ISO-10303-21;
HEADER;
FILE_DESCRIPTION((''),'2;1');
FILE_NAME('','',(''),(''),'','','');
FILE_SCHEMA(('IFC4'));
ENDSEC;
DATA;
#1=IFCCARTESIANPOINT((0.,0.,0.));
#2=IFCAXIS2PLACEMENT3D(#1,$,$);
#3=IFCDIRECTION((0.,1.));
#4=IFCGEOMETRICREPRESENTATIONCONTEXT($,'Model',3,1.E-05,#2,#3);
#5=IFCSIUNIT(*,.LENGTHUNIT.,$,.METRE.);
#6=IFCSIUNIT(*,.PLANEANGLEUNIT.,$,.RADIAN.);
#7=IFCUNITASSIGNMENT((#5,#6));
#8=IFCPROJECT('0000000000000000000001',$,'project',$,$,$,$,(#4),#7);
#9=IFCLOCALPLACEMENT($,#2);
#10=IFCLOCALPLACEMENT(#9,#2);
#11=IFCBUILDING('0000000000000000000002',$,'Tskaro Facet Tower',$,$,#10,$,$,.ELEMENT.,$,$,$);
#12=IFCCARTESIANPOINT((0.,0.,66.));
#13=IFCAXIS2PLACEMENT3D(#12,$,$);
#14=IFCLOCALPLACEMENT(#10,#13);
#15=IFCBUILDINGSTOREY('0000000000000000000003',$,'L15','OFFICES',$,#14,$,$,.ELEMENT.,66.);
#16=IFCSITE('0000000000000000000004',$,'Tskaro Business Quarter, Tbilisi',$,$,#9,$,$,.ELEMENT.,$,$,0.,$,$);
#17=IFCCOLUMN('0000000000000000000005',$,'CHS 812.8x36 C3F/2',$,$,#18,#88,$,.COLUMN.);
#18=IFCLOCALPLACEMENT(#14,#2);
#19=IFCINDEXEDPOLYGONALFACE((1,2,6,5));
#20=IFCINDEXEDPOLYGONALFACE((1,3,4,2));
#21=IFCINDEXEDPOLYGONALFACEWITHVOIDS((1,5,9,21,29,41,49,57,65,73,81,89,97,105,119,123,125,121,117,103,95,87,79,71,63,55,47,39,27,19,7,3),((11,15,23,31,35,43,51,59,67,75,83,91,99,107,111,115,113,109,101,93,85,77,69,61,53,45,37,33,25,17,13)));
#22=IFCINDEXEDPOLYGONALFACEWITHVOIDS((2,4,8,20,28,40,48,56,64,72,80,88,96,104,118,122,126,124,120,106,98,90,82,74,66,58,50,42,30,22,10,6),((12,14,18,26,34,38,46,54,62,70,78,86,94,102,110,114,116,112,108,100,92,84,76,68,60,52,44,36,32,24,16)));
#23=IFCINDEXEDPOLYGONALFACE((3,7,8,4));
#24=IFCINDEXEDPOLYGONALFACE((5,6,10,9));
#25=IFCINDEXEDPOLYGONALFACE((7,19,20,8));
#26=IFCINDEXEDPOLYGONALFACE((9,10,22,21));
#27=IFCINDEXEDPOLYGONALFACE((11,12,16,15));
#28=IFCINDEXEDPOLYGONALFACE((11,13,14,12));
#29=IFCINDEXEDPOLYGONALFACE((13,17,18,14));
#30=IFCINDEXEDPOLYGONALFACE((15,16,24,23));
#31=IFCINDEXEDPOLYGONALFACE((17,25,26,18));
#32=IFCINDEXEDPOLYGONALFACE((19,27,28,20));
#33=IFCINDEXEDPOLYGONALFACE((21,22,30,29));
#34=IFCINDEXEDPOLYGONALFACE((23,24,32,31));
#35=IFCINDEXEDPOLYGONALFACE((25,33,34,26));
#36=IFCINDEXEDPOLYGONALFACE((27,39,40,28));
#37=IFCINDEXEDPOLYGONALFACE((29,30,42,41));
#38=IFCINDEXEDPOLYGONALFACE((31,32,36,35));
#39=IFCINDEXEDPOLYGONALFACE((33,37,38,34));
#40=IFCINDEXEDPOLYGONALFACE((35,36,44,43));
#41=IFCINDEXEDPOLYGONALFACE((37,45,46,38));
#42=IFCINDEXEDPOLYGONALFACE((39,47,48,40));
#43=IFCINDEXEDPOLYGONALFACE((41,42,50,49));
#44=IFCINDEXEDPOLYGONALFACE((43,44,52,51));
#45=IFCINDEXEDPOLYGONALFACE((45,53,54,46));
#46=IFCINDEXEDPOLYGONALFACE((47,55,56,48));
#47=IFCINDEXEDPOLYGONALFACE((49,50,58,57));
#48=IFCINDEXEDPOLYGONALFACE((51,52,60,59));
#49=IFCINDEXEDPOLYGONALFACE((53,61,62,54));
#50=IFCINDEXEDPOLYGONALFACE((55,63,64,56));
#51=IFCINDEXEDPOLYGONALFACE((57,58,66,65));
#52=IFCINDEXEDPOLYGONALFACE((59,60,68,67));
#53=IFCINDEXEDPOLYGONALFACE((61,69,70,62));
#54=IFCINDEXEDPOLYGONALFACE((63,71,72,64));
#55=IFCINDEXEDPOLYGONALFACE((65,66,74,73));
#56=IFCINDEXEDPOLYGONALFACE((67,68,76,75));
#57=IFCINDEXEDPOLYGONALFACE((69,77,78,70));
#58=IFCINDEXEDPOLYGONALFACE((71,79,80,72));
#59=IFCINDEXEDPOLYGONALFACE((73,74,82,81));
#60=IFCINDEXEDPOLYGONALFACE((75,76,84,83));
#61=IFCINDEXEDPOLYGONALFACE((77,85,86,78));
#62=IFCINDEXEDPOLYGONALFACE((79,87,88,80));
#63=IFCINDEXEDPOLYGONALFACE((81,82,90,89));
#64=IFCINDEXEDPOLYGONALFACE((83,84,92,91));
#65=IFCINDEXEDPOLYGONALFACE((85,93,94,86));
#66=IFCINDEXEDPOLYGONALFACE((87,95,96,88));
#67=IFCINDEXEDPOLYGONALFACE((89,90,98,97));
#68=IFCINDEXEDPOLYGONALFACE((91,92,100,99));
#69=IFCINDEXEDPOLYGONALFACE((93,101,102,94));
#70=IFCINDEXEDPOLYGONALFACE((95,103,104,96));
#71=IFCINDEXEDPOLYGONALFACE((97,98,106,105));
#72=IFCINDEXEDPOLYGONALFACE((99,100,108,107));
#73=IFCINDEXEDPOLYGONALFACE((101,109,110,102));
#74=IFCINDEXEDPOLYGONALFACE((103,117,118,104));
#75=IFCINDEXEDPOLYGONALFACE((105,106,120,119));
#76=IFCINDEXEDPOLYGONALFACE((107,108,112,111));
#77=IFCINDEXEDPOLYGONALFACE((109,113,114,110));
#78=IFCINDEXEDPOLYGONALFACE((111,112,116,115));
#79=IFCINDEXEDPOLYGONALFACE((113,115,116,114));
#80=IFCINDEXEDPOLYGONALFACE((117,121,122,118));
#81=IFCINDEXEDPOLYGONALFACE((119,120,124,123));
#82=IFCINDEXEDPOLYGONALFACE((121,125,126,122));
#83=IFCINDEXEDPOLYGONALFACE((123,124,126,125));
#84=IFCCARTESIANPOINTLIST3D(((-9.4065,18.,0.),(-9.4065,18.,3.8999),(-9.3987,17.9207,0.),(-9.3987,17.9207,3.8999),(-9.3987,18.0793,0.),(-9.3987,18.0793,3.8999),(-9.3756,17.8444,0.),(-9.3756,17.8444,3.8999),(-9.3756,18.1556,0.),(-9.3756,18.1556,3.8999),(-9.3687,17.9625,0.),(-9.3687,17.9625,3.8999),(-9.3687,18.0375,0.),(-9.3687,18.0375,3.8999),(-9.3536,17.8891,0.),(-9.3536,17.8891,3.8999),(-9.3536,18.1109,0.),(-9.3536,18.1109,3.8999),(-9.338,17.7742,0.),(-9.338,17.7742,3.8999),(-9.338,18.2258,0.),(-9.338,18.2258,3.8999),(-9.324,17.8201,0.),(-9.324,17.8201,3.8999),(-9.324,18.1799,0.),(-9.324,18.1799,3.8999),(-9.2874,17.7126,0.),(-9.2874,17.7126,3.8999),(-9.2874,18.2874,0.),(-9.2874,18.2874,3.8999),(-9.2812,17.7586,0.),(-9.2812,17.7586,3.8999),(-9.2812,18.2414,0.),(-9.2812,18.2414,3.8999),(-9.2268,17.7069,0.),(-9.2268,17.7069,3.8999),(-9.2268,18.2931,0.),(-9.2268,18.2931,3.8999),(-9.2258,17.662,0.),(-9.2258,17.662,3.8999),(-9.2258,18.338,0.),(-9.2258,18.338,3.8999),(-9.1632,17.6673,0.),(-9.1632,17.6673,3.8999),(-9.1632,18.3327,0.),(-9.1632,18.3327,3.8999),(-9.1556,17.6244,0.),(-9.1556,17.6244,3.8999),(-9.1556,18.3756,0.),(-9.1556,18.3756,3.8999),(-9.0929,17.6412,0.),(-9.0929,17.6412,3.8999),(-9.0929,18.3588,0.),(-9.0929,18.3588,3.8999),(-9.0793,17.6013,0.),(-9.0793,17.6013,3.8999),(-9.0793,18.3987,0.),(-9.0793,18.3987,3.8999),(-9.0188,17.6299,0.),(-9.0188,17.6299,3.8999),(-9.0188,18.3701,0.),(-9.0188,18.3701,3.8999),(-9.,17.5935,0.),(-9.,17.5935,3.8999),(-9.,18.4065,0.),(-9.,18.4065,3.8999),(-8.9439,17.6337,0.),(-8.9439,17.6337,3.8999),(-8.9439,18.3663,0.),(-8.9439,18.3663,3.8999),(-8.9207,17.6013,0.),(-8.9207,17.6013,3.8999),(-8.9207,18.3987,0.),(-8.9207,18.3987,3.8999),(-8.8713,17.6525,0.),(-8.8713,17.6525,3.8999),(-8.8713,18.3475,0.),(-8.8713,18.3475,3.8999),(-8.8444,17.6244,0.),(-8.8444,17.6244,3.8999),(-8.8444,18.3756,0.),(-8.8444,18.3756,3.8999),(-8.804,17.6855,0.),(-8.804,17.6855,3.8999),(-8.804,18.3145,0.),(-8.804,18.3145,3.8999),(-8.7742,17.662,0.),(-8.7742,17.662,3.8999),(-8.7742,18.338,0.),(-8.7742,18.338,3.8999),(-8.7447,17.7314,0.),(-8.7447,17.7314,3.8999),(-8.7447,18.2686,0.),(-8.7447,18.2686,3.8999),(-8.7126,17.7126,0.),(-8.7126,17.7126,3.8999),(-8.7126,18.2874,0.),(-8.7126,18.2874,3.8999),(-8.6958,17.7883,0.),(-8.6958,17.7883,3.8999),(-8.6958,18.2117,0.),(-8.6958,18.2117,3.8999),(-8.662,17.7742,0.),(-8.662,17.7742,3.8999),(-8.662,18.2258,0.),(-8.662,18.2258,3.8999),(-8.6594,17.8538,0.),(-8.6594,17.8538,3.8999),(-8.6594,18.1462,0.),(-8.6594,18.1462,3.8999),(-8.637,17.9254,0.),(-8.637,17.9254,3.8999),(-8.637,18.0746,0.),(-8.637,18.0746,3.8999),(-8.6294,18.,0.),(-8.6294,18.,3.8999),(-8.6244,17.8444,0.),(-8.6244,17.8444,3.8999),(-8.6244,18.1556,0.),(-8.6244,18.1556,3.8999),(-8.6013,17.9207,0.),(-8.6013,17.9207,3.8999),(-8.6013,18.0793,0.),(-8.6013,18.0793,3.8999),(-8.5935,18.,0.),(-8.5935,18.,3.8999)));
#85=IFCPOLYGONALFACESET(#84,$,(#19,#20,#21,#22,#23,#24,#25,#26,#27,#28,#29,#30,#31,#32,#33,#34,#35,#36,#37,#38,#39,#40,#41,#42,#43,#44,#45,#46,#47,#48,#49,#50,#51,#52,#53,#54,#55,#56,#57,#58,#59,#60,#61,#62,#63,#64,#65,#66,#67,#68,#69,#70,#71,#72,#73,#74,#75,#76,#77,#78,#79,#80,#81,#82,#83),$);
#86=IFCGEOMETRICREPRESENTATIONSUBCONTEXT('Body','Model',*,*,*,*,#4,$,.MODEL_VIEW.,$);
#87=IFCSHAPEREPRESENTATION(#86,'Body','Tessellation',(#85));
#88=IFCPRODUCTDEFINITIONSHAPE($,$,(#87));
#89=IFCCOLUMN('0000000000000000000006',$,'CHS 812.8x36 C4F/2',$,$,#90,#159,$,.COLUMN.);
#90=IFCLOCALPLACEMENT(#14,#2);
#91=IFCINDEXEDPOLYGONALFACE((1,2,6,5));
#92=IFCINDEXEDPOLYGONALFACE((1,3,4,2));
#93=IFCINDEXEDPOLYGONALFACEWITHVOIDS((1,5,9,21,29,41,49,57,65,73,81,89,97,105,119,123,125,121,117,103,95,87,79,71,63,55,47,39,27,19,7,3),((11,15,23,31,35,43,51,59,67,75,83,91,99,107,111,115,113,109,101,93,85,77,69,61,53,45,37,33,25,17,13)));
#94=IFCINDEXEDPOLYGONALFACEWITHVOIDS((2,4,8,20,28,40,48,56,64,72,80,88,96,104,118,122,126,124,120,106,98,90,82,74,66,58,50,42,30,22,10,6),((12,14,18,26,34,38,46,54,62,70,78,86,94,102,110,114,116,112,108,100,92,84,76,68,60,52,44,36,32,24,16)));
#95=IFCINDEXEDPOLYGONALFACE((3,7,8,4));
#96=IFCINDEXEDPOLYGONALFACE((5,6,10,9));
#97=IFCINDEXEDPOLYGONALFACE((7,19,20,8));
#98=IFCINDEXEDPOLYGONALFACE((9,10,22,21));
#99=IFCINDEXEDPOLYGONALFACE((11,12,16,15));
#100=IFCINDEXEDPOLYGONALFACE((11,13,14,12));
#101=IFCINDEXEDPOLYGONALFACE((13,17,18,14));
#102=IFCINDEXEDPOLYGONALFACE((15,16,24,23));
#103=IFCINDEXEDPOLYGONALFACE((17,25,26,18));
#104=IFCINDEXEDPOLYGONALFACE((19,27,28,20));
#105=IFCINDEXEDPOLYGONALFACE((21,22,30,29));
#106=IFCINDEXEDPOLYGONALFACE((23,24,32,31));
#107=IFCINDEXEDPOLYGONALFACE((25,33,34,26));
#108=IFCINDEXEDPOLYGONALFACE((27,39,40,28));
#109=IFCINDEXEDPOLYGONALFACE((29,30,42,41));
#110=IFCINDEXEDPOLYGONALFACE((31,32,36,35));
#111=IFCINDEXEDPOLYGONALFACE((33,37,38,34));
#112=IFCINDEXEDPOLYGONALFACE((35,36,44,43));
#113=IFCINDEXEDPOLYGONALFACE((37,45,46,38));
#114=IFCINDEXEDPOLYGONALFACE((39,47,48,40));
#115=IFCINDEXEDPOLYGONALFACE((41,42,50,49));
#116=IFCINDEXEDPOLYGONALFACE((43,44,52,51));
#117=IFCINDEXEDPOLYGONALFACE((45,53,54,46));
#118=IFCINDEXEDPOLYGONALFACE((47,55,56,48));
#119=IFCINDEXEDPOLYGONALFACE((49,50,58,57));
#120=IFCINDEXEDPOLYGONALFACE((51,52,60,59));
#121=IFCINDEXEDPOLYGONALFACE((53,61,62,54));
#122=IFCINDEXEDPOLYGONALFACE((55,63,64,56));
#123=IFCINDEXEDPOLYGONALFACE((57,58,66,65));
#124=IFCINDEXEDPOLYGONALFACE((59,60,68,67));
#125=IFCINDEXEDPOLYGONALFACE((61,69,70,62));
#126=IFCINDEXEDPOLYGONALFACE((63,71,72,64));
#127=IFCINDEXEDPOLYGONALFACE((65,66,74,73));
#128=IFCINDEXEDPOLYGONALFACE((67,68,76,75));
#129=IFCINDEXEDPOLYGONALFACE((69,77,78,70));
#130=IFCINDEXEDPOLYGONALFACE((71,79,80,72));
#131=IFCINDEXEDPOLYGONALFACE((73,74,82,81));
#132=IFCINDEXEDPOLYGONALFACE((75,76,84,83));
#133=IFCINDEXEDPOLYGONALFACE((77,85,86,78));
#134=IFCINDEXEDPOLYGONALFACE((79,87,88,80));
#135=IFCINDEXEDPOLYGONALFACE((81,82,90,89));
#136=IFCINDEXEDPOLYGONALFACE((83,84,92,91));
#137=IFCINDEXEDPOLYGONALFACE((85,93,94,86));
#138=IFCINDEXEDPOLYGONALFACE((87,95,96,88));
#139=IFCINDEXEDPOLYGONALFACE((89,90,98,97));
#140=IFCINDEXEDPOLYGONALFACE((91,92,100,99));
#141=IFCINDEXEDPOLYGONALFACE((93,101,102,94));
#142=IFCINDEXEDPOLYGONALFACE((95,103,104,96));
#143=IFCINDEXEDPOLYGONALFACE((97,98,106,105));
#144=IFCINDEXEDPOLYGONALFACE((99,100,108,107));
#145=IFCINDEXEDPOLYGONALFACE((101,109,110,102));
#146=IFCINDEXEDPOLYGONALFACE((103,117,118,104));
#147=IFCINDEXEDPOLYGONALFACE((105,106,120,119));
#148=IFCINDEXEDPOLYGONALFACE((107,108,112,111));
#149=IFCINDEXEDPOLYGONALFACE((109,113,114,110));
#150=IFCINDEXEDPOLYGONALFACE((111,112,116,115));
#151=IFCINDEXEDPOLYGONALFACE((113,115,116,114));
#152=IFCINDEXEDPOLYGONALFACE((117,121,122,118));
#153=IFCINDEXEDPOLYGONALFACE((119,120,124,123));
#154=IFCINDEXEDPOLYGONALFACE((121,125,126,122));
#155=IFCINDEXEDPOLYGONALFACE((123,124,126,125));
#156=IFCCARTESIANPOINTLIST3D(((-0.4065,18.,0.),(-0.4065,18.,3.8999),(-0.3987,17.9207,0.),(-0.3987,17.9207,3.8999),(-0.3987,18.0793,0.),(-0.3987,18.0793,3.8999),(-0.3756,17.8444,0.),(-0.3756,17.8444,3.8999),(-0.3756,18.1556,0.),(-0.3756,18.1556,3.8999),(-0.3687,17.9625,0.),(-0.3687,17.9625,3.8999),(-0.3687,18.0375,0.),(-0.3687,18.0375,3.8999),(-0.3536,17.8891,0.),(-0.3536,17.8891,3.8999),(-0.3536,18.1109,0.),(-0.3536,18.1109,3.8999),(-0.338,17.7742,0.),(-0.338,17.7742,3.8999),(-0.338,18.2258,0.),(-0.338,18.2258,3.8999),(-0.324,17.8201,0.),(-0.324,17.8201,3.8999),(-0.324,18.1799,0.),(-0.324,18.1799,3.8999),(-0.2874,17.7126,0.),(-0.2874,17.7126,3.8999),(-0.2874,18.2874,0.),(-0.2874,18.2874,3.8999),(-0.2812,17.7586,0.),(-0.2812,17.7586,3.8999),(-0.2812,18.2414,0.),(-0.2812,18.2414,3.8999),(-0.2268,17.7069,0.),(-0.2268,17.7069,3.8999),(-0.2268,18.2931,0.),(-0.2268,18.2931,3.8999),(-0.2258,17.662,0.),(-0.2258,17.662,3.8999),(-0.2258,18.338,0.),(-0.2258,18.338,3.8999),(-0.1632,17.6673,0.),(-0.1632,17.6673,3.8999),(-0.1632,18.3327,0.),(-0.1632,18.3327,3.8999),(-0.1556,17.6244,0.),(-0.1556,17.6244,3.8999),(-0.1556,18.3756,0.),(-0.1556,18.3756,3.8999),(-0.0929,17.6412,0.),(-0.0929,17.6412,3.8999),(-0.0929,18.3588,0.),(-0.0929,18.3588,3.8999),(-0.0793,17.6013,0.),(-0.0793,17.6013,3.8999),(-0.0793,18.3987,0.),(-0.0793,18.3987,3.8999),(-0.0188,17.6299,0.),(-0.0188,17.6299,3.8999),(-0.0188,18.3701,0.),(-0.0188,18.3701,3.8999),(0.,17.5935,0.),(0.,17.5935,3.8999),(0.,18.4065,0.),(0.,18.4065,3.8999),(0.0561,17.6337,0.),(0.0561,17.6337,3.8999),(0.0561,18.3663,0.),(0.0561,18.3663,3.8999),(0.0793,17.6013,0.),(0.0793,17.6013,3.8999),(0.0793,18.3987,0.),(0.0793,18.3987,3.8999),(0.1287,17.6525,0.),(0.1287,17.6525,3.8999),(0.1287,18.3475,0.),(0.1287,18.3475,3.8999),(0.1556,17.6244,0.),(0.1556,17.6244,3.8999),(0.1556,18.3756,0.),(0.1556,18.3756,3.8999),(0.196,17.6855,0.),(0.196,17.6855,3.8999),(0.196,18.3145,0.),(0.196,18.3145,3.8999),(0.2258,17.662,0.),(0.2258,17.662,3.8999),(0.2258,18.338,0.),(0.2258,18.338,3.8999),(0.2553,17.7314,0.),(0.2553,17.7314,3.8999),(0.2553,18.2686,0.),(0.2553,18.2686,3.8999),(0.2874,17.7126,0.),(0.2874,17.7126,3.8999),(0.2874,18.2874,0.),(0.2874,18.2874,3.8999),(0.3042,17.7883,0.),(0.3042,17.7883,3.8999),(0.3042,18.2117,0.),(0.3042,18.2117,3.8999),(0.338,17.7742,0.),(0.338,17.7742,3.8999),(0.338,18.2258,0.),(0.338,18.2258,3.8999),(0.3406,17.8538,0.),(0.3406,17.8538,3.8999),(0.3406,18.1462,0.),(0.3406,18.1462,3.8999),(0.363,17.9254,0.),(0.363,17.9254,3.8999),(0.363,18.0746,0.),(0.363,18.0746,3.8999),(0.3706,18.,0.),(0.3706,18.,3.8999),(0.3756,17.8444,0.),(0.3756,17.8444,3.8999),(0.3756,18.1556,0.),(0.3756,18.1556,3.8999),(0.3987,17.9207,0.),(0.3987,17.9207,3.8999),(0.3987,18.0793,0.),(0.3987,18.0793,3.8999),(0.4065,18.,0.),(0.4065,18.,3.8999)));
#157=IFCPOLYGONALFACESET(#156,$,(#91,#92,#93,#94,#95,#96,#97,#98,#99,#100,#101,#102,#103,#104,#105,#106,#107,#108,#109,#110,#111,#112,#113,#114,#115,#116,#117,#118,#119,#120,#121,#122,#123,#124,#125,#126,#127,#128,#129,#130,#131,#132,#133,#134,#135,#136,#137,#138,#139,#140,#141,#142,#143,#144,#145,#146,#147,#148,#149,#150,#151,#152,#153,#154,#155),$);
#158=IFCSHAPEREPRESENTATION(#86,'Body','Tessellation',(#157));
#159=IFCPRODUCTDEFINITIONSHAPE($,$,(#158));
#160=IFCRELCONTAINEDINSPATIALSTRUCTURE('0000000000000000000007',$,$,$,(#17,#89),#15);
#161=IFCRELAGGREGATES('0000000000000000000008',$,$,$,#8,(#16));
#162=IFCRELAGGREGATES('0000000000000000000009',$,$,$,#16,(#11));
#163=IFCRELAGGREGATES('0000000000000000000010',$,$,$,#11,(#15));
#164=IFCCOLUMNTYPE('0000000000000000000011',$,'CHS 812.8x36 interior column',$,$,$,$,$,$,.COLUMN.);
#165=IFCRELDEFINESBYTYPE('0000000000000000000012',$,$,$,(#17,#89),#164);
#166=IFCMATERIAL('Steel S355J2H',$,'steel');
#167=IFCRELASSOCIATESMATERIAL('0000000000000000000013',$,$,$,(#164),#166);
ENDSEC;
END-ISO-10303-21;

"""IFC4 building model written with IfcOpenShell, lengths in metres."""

from ifc_helpers import new_model, si_unit, direction, frame, origin, origin_2d, place, context, subcontext, project, spatial, hollow_circle, extrude, material, material_profile, profile_set, type_object, element, save


model = new_model("IFC4")

# Units and contexts
model_context = context("Model", 3, precision=1e-05, world=origin(), true_north=direction((0.0, 1.0)))
body_context = subcontext(model_context, "Body", "Model", "MODEL_VIEW")
ifc_project = project(units=[si_unit("LENGTHUNIT", "METRE"), si_unit("PLANEANGLEUNIT", "RADIAN")], contexts=[model_context])

# Site, building, storey
site_placement = place(None, origin())
site = spatial("IfcSite", under=ifc_project, at=site_placement, Name="Tskaro Business Quarter, Tbilisi", CompositionType="ELEMENT", RefElevation=0.0)
building_placement = place(site_placement, origin())
building = spatial("IfcBuilding", under=site, at=building_placement, Name="Tskaro Facet Tower", CompositionType="ELEMENT")
storey_placement = place(building_placement, frame((0.0, 0.0, 66.0)))
storey = spatial("IfcBuildingStorey", under=building, at=storey_placement, Name="L15", Description="OFFICES", CompositionType="ELEMENT", Elevation=66.0)

# Columns
ifc_material_1 = material(Name="Steel S355J2H", Category="steel")
ifc_material_profile_1 = material_profile(ifc_material_1, hollow_circle(Radius=0.4065, WallThickness=0.0359, at=origin_2d()), Name="CHS 812.8x36")
ifc_profile_set_1 = profile_set([ifc_material_profile_1], Name="Steel S355J2H")
column_type_1 = type_object("IfcColumnType", Name="CHS 812.8x36 interior column", PredefinedType="COLUMN", material=ifc_profile_set_1)
for number, where, z_axis, x_axis, name in (
    (1, (-9.0, 18.0, 0.0), (0.0, 0.0, 1.0), (1.0, 0.0, 0.0), "CHS 812.8x36 C3F/2"),
    (2, (0.0, 18.0, 0.0), (0.0, 0.0, 1.0), (1.0, 0.0, 0.0), "CHS 812.8x36 C4F/2"),
):
    element("IfcColumn", number, at=place(storey_placement, frame(where, z_axis=z_axis, x_axis=x_axis)), inside=storey, type_object=column_type_1, Name=name, PredefinedType="COLUMN", context=body_context, shape_type="SweptSolid", body=[
        extrude(hollow_circle(Radius=0.4065, WallThickness=0.0359, at=origin_2d()), origin(), (0.0, 0.0, 1.0), 3.8999),
    ])

save(model, "model.ifc")
